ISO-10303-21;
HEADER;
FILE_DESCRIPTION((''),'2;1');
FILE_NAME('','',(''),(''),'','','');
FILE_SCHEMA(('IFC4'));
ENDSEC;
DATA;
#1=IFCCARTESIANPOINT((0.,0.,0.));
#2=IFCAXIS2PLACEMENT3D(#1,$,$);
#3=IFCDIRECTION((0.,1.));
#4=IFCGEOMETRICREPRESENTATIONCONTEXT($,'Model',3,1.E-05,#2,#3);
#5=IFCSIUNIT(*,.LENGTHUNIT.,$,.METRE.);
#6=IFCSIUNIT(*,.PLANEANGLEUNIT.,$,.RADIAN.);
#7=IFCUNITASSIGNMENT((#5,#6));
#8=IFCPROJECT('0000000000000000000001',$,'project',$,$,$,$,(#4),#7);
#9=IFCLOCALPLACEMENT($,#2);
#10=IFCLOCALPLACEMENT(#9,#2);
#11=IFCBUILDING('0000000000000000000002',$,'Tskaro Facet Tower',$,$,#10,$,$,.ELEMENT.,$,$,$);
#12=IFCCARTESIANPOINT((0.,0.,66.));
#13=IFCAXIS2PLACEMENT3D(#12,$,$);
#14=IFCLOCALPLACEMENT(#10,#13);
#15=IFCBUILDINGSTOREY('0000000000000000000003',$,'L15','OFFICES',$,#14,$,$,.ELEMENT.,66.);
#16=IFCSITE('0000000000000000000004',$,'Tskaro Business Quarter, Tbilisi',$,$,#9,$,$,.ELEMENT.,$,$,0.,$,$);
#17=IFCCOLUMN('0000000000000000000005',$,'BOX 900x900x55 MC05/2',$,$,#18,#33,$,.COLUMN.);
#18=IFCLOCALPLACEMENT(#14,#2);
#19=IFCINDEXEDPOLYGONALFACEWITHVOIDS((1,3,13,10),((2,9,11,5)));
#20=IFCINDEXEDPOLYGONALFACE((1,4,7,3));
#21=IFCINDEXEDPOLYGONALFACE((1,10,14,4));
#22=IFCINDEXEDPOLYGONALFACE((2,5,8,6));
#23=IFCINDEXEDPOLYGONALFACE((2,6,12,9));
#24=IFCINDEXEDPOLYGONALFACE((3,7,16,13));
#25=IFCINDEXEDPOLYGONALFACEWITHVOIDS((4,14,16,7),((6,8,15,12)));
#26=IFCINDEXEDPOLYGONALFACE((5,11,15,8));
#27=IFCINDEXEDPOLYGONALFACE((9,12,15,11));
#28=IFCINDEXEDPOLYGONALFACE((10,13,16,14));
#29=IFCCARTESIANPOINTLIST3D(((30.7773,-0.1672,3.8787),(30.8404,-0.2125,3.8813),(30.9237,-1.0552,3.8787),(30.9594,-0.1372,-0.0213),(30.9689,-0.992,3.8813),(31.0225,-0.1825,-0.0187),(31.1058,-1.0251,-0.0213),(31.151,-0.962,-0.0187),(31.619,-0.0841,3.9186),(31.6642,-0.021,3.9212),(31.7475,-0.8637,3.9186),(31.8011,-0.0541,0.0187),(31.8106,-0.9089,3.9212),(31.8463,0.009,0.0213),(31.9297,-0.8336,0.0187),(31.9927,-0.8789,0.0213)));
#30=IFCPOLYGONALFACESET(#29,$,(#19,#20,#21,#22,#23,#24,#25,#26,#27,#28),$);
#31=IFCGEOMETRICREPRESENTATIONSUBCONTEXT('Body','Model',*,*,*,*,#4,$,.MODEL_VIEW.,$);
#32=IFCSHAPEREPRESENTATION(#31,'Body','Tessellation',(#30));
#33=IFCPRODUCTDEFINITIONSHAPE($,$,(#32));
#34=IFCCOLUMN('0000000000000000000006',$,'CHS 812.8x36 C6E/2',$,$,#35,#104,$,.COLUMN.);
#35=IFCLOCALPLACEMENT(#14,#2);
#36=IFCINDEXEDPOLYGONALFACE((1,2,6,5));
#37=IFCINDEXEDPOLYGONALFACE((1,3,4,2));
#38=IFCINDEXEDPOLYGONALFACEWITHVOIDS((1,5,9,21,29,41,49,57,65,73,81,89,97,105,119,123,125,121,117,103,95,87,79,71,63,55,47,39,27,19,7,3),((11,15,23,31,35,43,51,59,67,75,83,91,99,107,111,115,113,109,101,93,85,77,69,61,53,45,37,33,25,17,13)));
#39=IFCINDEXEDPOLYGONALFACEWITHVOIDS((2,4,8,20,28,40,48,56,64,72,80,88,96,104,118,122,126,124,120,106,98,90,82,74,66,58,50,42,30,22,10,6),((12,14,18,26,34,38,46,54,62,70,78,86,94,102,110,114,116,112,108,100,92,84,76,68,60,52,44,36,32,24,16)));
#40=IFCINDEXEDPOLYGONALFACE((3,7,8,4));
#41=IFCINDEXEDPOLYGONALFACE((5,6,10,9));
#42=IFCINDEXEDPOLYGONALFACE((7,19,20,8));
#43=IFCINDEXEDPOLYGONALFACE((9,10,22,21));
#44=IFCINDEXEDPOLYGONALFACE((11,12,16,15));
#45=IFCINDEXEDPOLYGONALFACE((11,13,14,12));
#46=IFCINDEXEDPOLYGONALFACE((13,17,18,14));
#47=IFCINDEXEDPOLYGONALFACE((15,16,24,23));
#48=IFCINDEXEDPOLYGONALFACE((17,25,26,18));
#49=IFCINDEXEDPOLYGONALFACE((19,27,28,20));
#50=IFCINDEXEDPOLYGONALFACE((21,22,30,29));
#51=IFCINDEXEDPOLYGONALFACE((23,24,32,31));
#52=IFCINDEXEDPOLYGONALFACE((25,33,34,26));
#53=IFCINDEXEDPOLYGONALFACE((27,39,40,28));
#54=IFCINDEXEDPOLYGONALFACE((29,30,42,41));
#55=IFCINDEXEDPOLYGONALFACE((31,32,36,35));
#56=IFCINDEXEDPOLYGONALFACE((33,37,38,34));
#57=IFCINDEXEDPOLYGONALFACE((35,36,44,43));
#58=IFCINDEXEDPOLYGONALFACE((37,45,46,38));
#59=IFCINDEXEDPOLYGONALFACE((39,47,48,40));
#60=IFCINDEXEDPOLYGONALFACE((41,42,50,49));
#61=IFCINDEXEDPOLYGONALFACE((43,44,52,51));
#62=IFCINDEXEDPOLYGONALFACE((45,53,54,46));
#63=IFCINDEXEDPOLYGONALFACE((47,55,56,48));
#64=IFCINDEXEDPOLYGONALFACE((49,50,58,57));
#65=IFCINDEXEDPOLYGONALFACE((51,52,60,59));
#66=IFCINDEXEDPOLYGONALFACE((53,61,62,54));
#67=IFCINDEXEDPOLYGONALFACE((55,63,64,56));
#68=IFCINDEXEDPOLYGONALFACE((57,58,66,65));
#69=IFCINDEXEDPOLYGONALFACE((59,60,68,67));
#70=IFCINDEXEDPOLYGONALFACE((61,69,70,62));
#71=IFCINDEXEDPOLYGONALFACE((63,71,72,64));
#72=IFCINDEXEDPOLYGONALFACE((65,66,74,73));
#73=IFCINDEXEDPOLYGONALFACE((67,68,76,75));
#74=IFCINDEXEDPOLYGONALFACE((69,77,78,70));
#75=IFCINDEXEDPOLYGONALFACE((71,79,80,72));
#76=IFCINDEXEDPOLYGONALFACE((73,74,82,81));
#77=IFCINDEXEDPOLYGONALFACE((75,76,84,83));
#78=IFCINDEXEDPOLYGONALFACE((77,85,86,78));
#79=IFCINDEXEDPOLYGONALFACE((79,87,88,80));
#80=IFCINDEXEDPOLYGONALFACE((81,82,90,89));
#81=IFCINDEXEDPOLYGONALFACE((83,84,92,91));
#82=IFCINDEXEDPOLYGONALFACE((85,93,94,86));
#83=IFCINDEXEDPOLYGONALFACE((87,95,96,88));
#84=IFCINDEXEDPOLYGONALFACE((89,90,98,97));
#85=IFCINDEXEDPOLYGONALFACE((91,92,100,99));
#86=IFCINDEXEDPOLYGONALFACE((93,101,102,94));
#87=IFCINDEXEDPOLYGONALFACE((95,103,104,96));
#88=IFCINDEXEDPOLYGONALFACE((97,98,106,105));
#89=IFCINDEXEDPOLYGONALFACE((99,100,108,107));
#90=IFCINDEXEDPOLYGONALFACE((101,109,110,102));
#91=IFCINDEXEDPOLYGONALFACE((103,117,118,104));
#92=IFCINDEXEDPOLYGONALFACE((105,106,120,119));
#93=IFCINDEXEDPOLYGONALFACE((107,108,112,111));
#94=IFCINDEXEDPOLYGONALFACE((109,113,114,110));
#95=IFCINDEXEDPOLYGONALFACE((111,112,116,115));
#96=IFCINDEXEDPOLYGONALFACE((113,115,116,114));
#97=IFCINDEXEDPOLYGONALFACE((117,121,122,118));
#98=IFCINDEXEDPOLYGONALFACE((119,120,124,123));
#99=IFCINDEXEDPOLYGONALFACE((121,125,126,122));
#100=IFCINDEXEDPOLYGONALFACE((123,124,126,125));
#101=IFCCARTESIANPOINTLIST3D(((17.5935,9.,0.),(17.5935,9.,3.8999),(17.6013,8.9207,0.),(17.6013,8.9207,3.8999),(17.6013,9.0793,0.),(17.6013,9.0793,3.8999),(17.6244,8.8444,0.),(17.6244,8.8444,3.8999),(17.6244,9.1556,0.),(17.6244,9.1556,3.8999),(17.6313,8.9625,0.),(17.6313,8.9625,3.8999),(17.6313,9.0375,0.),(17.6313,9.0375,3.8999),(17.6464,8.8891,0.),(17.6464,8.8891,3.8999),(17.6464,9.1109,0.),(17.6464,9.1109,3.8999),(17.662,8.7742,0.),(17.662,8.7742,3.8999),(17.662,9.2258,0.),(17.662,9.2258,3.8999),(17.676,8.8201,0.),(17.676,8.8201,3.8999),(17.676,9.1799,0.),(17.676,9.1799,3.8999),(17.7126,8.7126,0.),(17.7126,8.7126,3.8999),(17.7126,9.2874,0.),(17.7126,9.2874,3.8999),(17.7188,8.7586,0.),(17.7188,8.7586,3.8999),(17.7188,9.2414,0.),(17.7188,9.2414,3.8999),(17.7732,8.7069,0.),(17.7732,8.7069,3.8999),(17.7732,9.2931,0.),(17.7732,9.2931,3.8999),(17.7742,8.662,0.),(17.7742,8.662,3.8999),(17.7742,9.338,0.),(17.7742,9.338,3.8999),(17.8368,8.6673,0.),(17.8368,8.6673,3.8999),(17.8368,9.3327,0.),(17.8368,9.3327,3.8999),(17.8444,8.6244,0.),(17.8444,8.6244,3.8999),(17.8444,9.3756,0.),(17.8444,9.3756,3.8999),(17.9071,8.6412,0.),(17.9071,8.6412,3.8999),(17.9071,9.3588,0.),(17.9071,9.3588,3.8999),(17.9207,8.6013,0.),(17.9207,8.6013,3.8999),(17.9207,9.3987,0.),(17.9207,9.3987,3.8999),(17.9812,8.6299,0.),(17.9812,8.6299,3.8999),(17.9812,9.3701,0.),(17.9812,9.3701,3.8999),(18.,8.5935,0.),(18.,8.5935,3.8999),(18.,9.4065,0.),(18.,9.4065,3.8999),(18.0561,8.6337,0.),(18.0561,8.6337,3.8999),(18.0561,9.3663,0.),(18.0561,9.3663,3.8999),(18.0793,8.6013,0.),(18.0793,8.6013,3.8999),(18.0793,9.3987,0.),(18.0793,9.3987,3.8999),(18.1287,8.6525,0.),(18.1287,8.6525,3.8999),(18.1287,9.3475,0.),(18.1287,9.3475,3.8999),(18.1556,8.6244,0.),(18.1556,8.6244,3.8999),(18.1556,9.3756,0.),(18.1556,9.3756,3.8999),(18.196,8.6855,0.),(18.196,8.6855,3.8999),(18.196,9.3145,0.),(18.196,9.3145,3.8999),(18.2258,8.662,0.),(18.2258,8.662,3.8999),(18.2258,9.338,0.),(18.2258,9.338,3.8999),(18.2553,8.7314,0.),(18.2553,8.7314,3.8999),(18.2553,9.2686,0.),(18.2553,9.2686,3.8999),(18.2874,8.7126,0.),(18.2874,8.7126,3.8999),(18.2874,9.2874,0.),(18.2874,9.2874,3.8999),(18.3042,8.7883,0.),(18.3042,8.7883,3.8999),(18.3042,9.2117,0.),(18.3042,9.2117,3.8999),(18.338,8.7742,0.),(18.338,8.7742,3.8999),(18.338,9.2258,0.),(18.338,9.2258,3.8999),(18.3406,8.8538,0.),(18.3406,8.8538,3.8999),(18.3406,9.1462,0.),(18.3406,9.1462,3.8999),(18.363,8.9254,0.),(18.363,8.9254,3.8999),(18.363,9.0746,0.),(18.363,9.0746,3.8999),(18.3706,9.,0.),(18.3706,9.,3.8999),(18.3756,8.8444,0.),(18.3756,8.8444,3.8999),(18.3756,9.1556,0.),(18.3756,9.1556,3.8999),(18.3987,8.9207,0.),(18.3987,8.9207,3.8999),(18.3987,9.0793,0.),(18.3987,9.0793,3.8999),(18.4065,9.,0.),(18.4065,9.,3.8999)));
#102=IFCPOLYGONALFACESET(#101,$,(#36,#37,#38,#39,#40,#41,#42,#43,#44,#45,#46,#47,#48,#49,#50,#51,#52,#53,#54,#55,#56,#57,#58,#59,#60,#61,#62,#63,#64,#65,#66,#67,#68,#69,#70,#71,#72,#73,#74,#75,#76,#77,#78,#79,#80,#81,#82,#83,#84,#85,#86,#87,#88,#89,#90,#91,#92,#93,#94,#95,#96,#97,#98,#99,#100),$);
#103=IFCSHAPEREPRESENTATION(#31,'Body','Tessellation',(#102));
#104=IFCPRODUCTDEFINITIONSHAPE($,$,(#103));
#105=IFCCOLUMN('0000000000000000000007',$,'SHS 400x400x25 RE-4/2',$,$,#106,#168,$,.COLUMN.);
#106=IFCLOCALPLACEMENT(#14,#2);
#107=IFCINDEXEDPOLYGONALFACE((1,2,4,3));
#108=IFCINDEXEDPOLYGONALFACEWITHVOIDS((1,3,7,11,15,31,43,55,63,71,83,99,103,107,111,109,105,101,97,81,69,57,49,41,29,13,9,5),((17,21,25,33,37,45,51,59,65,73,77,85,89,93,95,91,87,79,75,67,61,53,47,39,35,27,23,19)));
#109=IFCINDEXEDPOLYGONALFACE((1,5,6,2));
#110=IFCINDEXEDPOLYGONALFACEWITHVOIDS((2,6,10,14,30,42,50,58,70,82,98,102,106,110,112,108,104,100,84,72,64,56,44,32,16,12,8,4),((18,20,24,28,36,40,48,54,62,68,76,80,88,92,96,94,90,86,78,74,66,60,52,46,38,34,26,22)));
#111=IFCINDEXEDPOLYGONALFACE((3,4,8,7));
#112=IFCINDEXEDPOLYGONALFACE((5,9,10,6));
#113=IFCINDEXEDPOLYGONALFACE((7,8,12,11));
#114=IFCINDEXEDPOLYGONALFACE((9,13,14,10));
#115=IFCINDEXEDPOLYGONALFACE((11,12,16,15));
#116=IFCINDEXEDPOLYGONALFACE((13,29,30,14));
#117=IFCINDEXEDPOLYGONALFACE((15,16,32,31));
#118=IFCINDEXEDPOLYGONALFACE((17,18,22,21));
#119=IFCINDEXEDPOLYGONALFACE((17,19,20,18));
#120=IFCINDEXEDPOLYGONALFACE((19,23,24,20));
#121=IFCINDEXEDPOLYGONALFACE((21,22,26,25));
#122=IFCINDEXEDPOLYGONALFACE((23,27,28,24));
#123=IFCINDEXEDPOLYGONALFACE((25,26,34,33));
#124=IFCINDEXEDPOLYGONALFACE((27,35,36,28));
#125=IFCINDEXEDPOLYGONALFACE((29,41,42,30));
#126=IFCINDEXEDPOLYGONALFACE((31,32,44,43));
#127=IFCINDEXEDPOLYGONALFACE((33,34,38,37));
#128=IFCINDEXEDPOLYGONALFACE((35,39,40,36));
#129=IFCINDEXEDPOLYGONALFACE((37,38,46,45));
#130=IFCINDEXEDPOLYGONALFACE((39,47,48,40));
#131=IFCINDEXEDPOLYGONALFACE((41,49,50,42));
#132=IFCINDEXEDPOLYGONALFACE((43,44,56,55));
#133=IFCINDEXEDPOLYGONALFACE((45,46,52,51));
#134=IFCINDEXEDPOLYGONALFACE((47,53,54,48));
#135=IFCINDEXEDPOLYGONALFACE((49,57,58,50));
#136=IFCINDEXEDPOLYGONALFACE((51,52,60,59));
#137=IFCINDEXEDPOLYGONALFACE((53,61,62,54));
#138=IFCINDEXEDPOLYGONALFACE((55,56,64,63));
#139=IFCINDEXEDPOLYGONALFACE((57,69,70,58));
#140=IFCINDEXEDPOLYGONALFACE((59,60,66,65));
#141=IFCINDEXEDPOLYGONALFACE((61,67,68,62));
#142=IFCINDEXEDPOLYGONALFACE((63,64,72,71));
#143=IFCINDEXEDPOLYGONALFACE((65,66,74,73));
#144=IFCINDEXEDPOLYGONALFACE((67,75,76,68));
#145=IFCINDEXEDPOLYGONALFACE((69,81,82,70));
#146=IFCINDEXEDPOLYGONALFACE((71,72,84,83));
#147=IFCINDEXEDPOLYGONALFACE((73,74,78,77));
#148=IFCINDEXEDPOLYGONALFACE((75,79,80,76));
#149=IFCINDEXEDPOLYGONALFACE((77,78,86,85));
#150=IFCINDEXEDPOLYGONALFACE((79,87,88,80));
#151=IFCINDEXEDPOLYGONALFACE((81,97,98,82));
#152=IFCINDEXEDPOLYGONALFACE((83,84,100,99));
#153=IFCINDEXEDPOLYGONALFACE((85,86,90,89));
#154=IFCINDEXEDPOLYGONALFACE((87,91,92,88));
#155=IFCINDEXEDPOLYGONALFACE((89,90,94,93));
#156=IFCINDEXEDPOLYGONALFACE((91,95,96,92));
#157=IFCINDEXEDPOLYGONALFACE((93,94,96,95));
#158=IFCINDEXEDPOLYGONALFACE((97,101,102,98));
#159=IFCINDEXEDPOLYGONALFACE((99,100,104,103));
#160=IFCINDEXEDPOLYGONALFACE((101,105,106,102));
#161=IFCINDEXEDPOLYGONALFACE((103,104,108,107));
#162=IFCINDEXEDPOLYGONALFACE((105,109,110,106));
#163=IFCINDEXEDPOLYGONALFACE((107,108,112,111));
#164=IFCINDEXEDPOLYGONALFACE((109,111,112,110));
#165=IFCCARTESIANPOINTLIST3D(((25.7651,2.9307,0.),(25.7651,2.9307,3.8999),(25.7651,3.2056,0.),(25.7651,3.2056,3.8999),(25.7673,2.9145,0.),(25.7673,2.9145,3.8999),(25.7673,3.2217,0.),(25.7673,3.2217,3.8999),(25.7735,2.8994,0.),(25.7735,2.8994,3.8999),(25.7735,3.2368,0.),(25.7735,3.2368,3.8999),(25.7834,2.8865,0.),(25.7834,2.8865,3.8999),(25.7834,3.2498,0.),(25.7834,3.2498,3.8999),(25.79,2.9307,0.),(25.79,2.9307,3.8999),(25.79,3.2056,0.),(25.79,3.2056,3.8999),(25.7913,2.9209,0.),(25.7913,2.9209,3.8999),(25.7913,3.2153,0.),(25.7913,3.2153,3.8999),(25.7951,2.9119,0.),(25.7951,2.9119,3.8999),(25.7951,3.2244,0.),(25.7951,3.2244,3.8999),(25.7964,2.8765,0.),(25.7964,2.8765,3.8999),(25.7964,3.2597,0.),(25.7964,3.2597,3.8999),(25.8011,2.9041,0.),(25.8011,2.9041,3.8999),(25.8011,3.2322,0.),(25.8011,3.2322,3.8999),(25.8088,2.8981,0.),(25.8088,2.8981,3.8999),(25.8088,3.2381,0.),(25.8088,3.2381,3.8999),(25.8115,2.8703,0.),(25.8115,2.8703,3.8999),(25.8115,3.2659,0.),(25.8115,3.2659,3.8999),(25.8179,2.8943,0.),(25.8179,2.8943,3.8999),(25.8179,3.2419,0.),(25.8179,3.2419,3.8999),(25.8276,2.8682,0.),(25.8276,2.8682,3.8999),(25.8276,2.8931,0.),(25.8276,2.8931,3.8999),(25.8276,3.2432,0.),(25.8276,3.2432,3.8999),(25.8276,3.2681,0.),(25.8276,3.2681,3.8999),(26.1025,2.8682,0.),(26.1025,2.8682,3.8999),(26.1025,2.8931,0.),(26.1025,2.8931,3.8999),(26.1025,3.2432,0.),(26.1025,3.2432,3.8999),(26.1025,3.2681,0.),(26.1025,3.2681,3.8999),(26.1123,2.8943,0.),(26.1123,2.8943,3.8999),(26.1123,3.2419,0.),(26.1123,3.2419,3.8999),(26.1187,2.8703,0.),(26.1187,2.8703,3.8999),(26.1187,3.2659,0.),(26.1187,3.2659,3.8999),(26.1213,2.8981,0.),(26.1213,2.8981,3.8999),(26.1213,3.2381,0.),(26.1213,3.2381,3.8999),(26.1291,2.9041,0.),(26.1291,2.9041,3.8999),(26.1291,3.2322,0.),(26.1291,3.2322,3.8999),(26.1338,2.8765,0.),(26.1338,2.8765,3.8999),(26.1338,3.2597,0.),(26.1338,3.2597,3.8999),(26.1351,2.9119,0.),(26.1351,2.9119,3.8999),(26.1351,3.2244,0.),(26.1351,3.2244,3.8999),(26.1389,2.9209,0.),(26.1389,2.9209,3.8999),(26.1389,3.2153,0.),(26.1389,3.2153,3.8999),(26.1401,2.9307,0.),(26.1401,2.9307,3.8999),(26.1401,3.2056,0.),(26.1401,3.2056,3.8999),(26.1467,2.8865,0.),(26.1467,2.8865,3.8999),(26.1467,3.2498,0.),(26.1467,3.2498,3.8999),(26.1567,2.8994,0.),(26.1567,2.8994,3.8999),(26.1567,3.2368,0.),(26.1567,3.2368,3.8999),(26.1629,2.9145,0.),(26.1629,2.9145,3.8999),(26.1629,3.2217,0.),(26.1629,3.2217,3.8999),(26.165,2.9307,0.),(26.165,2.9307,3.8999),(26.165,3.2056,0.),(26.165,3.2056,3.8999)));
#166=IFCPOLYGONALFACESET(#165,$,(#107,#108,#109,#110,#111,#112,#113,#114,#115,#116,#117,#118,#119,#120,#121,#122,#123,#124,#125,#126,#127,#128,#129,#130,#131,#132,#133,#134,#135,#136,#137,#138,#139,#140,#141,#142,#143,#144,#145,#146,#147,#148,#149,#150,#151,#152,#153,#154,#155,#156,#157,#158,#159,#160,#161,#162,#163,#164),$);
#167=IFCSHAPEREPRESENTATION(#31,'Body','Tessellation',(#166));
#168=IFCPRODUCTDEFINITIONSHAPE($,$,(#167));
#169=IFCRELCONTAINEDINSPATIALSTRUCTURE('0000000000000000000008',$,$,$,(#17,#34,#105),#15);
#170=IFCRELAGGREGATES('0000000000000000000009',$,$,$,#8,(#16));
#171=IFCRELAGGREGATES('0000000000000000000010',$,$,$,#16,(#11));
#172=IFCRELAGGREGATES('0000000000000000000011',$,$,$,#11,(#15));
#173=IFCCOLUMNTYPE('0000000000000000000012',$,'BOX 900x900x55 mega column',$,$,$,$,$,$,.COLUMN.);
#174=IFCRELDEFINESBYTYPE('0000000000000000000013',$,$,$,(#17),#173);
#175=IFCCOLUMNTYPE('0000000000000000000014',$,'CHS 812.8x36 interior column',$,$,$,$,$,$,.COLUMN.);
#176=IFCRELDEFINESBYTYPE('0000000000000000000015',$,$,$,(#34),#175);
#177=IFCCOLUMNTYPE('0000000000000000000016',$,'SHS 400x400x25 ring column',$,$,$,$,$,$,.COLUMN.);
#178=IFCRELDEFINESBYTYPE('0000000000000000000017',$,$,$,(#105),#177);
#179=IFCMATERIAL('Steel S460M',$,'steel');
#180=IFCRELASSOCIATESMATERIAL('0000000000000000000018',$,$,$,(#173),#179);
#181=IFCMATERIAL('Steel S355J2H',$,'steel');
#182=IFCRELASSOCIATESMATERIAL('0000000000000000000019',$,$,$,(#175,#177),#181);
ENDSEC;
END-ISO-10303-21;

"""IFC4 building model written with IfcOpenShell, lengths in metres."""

from ifc_helpers import new_model, si_unit, direction, frame, origin, origin_2d, place, context, subcontext, project, spatial, hollow_rectangle, hollow_circle, extrude, material, material_profile, profile_set, type_object, element, save


model = new_model("IFC4")

# Units and contexts
model_context = context("Model", 3, precision=1e-05, world=origin(), true_north=direction((0.0, 1.0)))
body_context = subcontext(model_context, "Body", "Model", "MODEL_VIEW")
ifc_project = project(units=[si_unit("LENGTHUNIT", "METRE"), si_unit("PLANEANGLEUNIT", "RADIAN")], contexts=[model_context])

# Site, building, storey
site_placement = place(None, origin())
site = spatial("IfcSite", under=ifc_project, at=site_placement, Name="Tskaro Business Quarter, Tbilisi", CompositionType="ELEMENT", RefElevation=0.0)
building_placement = place(site_placement, origin())
building = spatial("IfcBuilding", under=site, at=building_placement, Name="Tskaro Facet Tower", CompositionType="ELEMENT")
storey_placement = place(building_placement, frame((0.0, 0.0, 66.0)))
storey = spatial("IfcBuildingStorey", under=building, at=storey_placement, Name="L15", Description="OFFICES", CompositionType="ELEMENT", Elevation=66.0)

# Columns
ifc_material_1 = material(Name="Steel S460M", Category="steel")
ifc_material_profile_1 = material_profile(ifc_material_1, hollow_rectangle(XDim=0.8999, YDim=0.8999, WallThickness=0.0549, at=origin_2d()), Name="BOX 900x900x55")
ifc_profile_set_1 = profile_set([ifc_material_profile_1], Name="Steel S460M")
column_type_1 = type_object("IfcColumnType", Name="BOX 900x900x55 mega column", PredefinedType="COLUMN", material=ifc_profile_set_1)
column_1_placement = place(storey_placement, frame((31.4761, -0.5081, 0.0), z_axis=(-0.046649, -0.007691, 0.998882), x_axis=(0.162683, -0.986678, 0.0)))
element("IfcColumn", 1, at=column_1_placement, inside=storey, type_object=column_type_1, Name="BOX 900x900x55 MC05/2", PredefinedType="COLUMN", context=body_context, shape_type="SweptSolid", body=[
    extrude(hollow_rectangle(XDim=0.8999, YDim=0.8999, WallThickness=0.0549, at=origin_2d()), origin(), (0.0, 0.0, 1.0), 3.9043),
])
ifc_material_2 = material(Name="Steel S355J2H", Category="steel")
ifc_material_profile_2 = material_profile(ifc_material_2, hollow_circle(Radius=0.4065, WallThickness=0.0359, at=origin_2d()), Name="CHS 812.8x36")
ifc_profile_set_2 = profile_set([ifc_material_profile_2], Name="Steel S355J2H")
column_type_2 = type_object("IfcColumnType", Name="CHS 812.8x36 interior column", PredefinedType="COLUMN", material=ifc_profile_set_2)
column_2_placement = place(storey_placement, frame((18.0, 9.0, 0.0), z_axis=(0.0, 0.0, 1.0), x_axis=(1.0, 0.0, 0.0)))
element("IfcColumn", 2, at=column_2_placement, inside=storey, type_object=column_type_2, Name="CHS 812.8x36 C6E/2", PredefinedType="COLUMN", context=body_context, shape_type="SweptSolid", body=[
    extrude(hollow_circle(Radius=0.4065, WallThickness=0.0359, at=origin_2d()), origin(), (0.0, 0.0, 1.0), 3.8999),
])
ifc_material_profile_3 = material_profile(ifc_material_2, hollow_rectangle(XDim=0.3999, YDim=0.3999, WallThickness=0.0249, InnerFilletRadius=0.0376, OuterFilletRadius=0.0625, at=origin_2d()), Name="SHS 400x400x25")
ifc_profile_set_3 = profile_set([ifc_material_profile_3], Name="Steel S355J2H")
column_type_3 = type_object("IfcColumnType", Name="SHS 400x400x25 ring column", PredefinedType="COLUMN", material=ifc_profile_set_3)
for number, where, z_axis, x_axis, name in (
    (3, (25.9651, 3.0681, 0.0), (0.0, 0.0, 1.0), (1.0, 0.0, 0.0), "SHS 400x400x25 RE-4/2"),
):
    element("IfcColumn", number, at=place(storey_placement, frame(where, z_axis=z_axis, x_axis=x_axis)), inside=storey, type_object=column_type_3, Name=name, PredefinedType="COLUMN", context=body_context, shape_type="SweptSolid", body=[
        extrude(hollow_rectangle(XDim=0.3999, YDim=0.3999, WallThickness=0.0249, InnerFilletRadius=0.0376, OuterFilletRadius=0.0625, at=origin_2d()), origin(), (0.0, 0.0, 1.0), 3.8999),
    ])

save(model, "model.ifc")
